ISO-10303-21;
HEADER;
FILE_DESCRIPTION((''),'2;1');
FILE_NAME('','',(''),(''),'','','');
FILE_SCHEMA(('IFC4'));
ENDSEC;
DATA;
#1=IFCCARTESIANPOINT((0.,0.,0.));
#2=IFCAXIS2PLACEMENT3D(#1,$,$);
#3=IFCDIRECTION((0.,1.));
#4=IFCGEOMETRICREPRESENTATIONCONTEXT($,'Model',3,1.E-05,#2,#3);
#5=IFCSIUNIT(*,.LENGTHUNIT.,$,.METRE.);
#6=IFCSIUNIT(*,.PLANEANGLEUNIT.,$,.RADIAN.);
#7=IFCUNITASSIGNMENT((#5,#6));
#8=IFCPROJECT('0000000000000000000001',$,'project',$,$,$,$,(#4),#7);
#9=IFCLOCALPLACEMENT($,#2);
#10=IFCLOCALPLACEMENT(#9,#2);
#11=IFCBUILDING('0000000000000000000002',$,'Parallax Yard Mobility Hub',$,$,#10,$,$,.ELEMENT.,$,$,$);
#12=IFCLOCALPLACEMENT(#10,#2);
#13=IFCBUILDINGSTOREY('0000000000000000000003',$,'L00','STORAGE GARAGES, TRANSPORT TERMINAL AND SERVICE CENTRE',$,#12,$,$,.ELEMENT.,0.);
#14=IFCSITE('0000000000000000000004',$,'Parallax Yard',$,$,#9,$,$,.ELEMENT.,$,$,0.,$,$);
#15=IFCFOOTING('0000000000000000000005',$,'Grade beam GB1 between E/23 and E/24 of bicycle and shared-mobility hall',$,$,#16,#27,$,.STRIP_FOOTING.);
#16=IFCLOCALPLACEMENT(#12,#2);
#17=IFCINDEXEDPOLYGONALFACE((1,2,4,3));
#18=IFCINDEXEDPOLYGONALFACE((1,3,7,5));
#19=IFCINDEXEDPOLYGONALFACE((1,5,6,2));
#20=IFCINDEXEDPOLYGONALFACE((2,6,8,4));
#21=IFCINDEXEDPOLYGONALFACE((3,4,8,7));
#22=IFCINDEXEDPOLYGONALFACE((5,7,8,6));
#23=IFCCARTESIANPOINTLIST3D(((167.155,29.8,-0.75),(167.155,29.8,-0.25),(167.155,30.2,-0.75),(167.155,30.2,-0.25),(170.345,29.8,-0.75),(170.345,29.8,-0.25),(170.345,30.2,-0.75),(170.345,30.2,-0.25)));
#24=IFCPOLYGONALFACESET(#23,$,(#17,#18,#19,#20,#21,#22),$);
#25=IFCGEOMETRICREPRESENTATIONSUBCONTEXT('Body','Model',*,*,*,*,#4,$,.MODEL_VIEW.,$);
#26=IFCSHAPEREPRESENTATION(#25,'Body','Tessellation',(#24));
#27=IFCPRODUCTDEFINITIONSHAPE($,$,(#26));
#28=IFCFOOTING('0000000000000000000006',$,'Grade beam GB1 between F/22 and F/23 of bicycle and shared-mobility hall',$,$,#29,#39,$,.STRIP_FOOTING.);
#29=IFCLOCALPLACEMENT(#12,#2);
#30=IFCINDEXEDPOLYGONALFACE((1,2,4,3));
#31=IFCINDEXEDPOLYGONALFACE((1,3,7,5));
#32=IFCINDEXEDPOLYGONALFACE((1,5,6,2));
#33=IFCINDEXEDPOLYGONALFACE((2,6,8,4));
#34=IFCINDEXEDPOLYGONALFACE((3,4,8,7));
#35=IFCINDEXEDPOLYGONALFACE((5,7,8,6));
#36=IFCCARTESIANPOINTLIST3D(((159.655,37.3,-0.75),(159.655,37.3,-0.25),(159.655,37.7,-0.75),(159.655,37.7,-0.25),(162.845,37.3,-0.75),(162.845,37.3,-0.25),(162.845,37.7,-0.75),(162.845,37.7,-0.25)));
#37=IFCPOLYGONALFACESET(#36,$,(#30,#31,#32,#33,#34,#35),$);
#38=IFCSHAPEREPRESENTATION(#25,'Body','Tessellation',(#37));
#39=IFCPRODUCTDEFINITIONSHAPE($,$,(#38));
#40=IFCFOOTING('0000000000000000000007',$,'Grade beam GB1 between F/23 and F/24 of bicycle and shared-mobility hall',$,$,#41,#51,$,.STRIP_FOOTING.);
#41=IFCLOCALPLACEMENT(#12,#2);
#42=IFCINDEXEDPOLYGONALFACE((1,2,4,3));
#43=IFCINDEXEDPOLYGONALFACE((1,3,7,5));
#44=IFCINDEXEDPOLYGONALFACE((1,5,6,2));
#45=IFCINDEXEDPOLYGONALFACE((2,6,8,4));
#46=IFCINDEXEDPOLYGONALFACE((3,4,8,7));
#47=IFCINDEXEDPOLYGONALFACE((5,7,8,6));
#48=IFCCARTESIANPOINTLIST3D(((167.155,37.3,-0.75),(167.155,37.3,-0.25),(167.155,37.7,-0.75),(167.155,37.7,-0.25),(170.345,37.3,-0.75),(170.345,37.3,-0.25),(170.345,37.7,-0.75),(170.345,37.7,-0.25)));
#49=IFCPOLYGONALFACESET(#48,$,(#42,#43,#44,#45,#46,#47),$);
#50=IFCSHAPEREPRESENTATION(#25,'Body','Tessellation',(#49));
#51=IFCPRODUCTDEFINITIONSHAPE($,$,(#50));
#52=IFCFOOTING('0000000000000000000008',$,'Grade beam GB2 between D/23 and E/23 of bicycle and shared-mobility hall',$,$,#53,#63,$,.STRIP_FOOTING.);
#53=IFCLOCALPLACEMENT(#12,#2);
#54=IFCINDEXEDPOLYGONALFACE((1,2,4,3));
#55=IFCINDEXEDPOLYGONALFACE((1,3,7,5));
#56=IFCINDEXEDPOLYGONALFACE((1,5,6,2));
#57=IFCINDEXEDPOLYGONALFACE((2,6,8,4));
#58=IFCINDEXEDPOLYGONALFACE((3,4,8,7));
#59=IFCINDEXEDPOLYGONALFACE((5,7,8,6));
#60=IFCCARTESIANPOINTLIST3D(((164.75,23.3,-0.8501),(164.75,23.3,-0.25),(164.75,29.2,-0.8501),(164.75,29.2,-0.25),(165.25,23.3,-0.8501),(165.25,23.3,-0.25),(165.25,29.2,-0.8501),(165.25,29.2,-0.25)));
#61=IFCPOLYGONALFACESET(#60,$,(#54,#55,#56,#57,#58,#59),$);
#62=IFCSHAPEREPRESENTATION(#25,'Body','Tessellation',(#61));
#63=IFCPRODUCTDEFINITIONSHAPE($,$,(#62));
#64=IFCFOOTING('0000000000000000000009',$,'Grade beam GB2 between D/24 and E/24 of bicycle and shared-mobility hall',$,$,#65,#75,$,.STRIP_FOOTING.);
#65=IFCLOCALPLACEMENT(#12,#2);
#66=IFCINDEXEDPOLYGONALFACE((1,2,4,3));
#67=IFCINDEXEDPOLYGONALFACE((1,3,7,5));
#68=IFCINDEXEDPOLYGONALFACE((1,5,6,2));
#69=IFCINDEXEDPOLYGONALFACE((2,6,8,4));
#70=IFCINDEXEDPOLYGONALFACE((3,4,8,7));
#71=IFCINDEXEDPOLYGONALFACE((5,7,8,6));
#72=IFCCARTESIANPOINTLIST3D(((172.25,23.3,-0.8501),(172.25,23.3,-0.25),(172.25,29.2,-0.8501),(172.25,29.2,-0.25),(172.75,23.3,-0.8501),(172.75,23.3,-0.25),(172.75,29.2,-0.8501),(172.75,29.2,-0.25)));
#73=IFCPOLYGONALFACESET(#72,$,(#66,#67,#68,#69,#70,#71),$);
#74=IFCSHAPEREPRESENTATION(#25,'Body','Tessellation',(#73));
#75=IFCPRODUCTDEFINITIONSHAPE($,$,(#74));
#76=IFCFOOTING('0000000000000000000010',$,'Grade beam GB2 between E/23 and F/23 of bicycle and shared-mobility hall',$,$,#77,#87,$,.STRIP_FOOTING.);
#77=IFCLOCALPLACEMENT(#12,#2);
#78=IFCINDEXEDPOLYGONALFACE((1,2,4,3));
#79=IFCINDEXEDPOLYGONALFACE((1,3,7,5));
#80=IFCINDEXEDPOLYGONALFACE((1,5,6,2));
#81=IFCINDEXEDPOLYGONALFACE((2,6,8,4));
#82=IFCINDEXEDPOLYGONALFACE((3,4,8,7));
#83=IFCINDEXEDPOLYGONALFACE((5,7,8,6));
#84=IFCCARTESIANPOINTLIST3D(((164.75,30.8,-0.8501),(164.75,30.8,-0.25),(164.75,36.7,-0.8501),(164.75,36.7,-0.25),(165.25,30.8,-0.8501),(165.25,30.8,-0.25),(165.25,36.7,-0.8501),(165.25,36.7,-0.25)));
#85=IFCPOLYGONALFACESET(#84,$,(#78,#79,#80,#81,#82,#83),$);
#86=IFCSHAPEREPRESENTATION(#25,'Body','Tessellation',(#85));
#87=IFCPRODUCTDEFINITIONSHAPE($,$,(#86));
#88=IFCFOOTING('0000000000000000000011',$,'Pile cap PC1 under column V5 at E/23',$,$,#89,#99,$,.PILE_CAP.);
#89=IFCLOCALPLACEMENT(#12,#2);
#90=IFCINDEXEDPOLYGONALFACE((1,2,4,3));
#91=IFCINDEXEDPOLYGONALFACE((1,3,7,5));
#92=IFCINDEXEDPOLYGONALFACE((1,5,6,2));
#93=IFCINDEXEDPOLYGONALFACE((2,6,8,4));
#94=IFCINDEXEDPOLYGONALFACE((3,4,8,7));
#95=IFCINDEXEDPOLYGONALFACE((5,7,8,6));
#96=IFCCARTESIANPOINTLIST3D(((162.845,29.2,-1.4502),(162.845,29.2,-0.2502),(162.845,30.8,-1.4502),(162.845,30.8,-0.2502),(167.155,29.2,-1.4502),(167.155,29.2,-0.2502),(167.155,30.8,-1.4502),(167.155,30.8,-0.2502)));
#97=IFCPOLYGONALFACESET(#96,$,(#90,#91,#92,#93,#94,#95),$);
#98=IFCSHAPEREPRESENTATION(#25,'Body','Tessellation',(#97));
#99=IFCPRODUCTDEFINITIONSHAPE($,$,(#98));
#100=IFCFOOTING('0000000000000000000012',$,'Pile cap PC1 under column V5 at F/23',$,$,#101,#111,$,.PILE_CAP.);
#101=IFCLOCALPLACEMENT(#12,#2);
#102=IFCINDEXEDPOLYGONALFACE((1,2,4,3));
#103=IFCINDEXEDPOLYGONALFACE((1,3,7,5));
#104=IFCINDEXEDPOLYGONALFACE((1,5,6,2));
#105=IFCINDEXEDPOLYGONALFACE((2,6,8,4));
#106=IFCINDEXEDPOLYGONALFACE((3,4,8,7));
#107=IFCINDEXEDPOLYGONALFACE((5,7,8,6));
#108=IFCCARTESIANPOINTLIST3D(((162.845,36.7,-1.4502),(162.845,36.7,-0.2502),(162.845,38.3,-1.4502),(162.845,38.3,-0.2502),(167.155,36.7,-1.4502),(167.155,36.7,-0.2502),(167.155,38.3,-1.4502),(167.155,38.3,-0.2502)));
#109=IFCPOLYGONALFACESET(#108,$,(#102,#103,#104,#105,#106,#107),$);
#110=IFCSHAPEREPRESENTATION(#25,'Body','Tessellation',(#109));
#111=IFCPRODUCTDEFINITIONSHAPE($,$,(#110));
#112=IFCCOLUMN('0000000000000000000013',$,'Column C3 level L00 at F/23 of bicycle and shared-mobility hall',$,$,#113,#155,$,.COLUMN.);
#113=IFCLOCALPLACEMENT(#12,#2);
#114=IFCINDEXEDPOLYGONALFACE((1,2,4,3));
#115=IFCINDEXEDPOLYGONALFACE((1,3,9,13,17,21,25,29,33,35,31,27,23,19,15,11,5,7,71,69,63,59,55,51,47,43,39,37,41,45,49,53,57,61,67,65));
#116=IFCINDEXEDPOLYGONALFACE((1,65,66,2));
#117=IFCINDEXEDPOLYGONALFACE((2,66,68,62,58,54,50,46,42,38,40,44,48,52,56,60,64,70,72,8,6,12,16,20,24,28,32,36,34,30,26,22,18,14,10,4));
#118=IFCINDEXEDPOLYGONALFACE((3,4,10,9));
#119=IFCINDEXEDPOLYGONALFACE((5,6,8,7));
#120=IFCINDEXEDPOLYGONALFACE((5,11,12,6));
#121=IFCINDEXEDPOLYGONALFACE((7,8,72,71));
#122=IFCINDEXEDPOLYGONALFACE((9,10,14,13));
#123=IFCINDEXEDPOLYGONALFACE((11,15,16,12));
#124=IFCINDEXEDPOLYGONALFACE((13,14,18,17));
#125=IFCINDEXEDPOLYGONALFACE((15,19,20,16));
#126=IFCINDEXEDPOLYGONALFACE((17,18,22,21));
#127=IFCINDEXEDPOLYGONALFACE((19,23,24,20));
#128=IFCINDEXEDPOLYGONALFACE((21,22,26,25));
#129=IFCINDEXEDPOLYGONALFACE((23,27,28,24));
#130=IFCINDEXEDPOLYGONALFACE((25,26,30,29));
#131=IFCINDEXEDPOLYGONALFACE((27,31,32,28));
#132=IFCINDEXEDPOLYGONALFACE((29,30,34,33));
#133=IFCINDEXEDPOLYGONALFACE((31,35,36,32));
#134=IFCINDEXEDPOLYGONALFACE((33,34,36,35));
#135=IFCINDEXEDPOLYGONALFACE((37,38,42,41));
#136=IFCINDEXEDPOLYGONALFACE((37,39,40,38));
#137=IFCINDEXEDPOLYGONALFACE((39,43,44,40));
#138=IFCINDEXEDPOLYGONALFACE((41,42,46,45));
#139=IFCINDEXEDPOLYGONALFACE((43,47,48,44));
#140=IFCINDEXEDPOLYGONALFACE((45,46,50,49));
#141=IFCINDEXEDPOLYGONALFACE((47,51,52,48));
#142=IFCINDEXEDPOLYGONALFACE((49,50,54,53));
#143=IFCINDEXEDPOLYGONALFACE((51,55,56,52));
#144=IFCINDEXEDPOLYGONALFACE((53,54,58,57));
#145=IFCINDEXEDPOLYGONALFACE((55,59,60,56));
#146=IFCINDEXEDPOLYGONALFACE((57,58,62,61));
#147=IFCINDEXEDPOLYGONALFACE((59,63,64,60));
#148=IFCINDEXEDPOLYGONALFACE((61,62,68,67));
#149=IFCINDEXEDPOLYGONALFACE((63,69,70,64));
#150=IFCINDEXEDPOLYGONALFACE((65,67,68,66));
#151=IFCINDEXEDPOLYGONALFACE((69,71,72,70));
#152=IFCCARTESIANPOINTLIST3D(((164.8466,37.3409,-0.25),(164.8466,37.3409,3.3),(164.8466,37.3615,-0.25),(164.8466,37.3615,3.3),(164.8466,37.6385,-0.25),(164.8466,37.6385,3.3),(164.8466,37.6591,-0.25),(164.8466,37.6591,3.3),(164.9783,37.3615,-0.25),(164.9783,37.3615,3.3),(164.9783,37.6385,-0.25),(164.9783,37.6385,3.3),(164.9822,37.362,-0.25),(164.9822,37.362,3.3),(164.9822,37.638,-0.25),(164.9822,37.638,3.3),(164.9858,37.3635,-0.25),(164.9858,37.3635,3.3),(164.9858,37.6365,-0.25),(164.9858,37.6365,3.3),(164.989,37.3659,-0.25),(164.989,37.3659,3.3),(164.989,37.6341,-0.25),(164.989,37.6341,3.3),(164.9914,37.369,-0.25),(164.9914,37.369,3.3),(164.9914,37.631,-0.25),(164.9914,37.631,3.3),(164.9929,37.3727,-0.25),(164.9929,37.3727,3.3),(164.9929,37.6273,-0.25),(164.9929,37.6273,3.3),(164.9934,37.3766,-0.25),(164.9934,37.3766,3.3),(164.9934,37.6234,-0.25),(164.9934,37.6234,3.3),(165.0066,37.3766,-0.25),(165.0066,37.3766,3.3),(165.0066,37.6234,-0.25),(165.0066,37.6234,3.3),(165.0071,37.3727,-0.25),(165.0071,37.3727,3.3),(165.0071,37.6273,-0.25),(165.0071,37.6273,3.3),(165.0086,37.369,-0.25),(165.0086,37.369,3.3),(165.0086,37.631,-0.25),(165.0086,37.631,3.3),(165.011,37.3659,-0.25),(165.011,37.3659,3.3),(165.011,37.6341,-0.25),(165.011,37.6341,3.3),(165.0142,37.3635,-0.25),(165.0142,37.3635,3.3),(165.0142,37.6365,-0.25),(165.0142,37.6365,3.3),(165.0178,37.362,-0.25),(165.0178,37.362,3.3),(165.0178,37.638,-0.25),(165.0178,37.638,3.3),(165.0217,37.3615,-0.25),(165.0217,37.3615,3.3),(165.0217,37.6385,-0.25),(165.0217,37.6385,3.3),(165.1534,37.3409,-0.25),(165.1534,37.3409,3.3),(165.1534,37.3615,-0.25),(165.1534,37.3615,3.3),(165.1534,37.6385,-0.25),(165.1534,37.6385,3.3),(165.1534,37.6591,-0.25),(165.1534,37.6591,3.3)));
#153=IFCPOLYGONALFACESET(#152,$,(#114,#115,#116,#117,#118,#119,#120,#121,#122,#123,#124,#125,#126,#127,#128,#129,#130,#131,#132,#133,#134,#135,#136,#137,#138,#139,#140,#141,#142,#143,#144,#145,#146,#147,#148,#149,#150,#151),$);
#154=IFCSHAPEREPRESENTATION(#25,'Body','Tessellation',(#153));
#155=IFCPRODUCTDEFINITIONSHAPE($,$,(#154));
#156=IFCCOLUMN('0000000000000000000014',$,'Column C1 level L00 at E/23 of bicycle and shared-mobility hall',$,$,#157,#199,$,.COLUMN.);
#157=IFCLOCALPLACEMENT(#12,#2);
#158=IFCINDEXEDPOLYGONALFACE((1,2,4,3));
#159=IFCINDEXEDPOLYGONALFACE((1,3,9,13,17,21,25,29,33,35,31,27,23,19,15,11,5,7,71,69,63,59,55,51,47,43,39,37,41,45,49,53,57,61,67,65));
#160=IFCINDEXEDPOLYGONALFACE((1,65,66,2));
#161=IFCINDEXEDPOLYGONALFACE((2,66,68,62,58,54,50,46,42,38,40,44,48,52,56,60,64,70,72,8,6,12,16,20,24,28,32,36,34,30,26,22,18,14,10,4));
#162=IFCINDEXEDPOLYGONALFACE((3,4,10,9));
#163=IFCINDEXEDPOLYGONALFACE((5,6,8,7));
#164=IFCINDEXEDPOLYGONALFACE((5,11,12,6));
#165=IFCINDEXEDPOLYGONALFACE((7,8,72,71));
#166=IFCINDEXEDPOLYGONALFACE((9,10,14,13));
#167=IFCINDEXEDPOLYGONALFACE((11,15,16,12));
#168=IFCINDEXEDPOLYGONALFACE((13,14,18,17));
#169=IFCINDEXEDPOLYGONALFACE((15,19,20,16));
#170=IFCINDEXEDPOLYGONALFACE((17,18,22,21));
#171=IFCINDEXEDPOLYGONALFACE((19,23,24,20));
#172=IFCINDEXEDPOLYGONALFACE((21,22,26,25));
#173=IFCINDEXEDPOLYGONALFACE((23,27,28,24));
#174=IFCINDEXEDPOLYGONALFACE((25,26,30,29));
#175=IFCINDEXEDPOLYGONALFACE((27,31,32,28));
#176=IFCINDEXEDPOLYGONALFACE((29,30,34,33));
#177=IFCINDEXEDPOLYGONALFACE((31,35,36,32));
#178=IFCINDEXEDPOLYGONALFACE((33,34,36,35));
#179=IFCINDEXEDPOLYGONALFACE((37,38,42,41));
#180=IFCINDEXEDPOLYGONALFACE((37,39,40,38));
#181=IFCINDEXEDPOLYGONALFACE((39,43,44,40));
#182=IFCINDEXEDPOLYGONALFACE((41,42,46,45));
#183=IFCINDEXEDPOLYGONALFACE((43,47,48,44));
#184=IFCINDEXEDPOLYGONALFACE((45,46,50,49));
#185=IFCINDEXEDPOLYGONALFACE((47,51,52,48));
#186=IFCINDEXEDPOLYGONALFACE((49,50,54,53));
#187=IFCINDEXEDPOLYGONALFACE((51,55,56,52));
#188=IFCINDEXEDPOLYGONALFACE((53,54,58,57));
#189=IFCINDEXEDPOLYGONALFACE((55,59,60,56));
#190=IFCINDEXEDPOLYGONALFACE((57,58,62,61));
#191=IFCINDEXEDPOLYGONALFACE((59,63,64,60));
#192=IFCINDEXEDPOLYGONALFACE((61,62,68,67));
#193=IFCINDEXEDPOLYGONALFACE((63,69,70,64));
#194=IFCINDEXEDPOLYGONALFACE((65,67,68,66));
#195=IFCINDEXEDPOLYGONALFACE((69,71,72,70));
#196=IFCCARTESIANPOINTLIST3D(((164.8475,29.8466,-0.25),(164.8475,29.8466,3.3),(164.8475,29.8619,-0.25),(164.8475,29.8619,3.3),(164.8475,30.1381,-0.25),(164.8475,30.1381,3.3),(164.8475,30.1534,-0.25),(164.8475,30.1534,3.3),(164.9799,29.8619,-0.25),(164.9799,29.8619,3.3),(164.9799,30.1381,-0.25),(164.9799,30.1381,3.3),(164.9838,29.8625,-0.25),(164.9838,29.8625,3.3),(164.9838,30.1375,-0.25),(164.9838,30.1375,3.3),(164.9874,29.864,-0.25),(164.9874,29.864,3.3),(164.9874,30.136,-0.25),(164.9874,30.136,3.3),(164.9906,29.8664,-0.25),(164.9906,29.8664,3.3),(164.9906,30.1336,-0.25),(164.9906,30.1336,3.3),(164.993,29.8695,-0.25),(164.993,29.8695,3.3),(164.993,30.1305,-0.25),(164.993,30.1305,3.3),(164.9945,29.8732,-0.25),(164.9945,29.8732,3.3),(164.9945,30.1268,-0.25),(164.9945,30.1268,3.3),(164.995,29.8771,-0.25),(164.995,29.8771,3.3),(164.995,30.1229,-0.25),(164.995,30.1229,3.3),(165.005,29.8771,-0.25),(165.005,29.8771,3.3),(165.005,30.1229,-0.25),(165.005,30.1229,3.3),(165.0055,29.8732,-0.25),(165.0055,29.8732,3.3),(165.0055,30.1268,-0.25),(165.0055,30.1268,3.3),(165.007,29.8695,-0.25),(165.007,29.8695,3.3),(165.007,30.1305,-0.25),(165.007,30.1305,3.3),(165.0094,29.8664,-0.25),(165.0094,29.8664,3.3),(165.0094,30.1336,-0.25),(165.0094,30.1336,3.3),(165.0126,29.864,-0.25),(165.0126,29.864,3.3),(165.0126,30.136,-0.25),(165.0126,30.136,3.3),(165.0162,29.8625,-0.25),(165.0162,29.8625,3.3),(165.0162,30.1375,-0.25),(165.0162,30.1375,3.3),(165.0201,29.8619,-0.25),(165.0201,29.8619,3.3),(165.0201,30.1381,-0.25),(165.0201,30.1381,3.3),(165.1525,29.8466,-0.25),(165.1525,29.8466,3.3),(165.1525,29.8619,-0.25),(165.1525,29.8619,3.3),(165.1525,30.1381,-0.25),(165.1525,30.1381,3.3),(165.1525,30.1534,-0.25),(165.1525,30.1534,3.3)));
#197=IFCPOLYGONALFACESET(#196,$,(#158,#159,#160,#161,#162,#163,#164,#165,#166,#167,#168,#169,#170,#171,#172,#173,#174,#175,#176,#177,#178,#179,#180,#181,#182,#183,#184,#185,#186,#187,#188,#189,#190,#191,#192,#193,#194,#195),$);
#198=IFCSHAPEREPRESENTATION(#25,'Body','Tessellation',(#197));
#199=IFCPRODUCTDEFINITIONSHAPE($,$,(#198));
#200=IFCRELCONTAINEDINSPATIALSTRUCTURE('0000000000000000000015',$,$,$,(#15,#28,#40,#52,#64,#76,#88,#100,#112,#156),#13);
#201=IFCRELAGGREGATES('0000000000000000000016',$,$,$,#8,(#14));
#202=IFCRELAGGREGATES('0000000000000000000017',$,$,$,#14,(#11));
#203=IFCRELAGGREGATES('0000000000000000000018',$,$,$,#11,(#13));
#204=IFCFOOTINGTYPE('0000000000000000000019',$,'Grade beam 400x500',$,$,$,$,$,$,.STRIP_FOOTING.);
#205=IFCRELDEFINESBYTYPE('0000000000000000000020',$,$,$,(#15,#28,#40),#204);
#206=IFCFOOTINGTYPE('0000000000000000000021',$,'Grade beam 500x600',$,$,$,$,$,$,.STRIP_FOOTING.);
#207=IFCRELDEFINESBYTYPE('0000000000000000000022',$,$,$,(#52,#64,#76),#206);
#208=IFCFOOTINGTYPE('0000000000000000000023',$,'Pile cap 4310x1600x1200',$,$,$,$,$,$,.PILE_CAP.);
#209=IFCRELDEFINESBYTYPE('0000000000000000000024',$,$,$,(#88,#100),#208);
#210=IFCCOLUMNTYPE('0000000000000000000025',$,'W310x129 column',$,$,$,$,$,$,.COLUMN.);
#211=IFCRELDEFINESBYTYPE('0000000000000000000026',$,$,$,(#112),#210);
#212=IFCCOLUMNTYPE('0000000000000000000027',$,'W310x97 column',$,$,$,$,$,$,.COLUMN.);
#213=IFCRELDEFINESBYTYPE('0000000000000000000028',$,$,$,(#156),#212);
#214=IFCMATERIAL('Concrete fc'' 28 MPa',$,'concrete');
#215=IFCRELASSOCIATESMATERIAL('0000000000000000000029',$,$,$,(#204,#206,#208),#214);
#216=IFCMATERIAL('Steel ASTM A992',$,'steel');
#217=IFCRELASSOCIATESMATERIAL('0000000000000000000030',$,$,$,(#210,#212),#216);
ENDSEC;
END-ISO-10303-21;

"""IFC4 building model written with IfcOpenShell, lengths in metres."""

from ifc_helpers import new_model, si_unit, direction, frame, origin, origin_2d, place, context, subcontext, project, spatial, rectangle, i_section, extrude, material, material_profile, profile_set, type_object, element, save


model = new_model("IFC4")

# Units and contexts
model_context = context("Model", 3, precision=1e-05, world=origin(), true_north=direction((0.0, 1.0)))
body_context = subcontext(model_context, "Body", "Model", "MODEL_VIEW")
ifc_project = project(units=[si_unit("LENGTHUNIT", "METRE"), si_unit("PLANEANGLEUNIT", "RADIAN")], contexts=[model_context])

# Site, building, storey
site_placement = place(None, origin())
site = spatial("IfcSite", under=ifc_project, at=site_placement, Name="Parallax Yard", CompositionType="ELEMENT", RefElevation=0.0)
building_placement = place(site_placement, origin())
building = spatial("IfcBuilding", under=site, at=building_placement, Name="Parallax Yard Mobility Hub", CompositionType="ELEMENT")
storey_placement = place(building_placement, origin())
storey = spatial("IfcBuildingStorey", under=building, at=storey_placement, Name="L00", Description="STORAGE GARAGES, TRANSPORT TERMINAL AND SERVICE CENTRE", CompositionType="ELEMENT", Elevation=0.0)

# Shared definitions
ifc_material_1 = material(Name="Concrete fc' 28 MPa", Category="concrete")

# Footings
ifc_material_profile_1 = material_profile(ifc_material_1, rectangle(XDim=0.3999, YDim=0.5, at=origin_2d()), Name="Grade beam 400x500")
ifc_profile_set_1 = profile_set([ifc_material_profile_1], Name="Concrete fc' 28 MPa")
footing_type_1 = type_object("IfcFootingType", Name="Grade beam 400x500", PredefinedType="STRIP_FOOTING", material=ifc_profile_set_1)
for number, where, z_axis, x_axis, name in (
    (1, (167.155, 30.0, -0.5), (1.0, 0.0, 0.0), (0.0, 1.0, 0.0), "Grade beam GB1 between E/23 and E/24 of bicycle and shared-mobility hall"),
    (2, (159.655, 37.5, -0.5), (1.0, 0.0, 0.0), (0.0, 1.0, 0.0), "Grade beam GB1 between F/22 and F/23 of bicycle and shared-mobility hall"),
    (3, (167.155, 37.5, -0.5), (1.0, 0.0, 0.0), (0.0, 1.0, 0.0), "Grade beam GB1 between F/23 and F/24 of bicycle and shared-mobility hall"),
):
    element("IfcFooting", number, at=place(storey_placement, frame(where, z_axis=z_axis, x_axis=x_axis)), inside=storey, type_object=footing_type_1, Name=name, PredefinedType="STRIP_FOOTING", context=body_context, shape_type="SweptSolid", body=[
        extrude(rectangle(XDim=0.3999, YDim=0.5, at=origin_2d()), origin(), (0.0, 0.0, 1.0), 3.1899),
    ])
ifc_material_profile_2 = material_profile(ifc_material_1, rectangle(XDim=0.5, YDim=0.6001, at=origin_2d()), Name="Grade beam 500x600")
ifc_profile_set_2 = profile_set([ifc_material_profile_2], Name="Concrete fc' 28 MPa")
footing_type_2 = type_object("IfcFootingType", Name="Grade beam 500x600", PredefinedType="STRIP_FOOTING", material=ifc_profile_set_2)
for number, where, z_axis, x_axis, name in (
    (4, (165.0, 23.3, -0.55), (0.0, 1.0, 0.0), (-1.0, 0.0, 0.0), "Grade beam GB2 between D/23 and E/23 of bicycle and shared-mobility hall"),
    (5, (172.5, 23.3, -0.55), (0.0, 1.0, 0.0), (-1.0, 0.0, 0.0), "Grade beam GB2 between D/24 and E/24 of bicycle and shared-mobility hall"),
    (6, (165.0, 30.8, -0.55), (0.0, 1.0, 0.0), (-1.0, 0.0, 0.0), "Grade beam GB2 between E/23 and F/23 of bicycle and shared-mobility hall"),
):
    element("IfcFooting", number, at=place(storey_placement, frame(where, z_axis=z_axis, x_axis=x_axis)), inside=storey, type_object=footing_type_2, Name=name, PredefinedType="STRIP_FOOTING", context=body_context, shape_type="SweptSolid", body=[
        extrude(rectangle(XDim=0.5, YDim=0.6001, at=origin_2d()), origin(), (0.0, 0.0, 1.0), 5.8999),
    ])
footing_type_3 = type_object("IfcFootingType", Name="Pile cap 4310x1600x1200", PredefinedType="PILE_CAP", material=ifc_material_1)
for number, where, z_axis, x_axis, name in (
    (7, (165.0, 30.0, -1.4502), (0.0, 0.0, 1.0), (1.0, 0.0, 0.0), "Pile cap PC1 under column V5 at E/23"),
    (8, (165.0, 37.5, -1.4502), (0.0, 0.0, 1.0), (1.0, 0.0, 0.0), "Pile cap PC1 under column V5 at F/23"),
):
    element("IfcFooting", number, at=place(storey_placement, frame(where, z_axis=z_axis, x_axis=x_axis)), inside=storey, type_object=footing_type_3, Name=name, PredefinedType="PILE_CAP", context=body_context, shape_type="SweptSolid", body=[
        extrude(rectangle(XDim=4.3101, YDim=1.6001, at=origin_2d()), origin(), (0.0, 0.0, 1.0), 1.2),
    ])

# Columns
ifc_material_2 = material(Name="Steel ASTM A992", Category="steel")
ifc_material_profile_3 = material_profile(ifc_material_2, i_section(OverallWidth=0.3069, OverallDepth=0.3181, WebThickness=0.0132, FlangeThickness=0.0205, FilletRadius=0.0151, at=origin_2d()), Name="W310x129")
ifc_profile_set_3 = profile_set([ifc_material_profile_3], Name="Steel ASTM A992")
column_type_1 = type_object("IfcColumnType", Name="W310x129 column", PredefinedType="COLUMN", material=ifc_profile_set_3)
column_1_placement = place(storey_placement, frame((165.0, 37.5, -0.25), z_axis=(0.0, 0.0, 1.0), x_axis=(1.0, 0.0, 0.0)))
element("IfcColumn", 9, at=column_1_placement, inside=storey, type_object=column_type_1, Name="Column C3 level L00 at F/23 of bicycle and shared-mobility hall", PredefinedType="COLUMN", context=body_context, shape_type="SweptSolid", body=[
    extrude(i_section(OverallWidth=0.3069, OverallDepth=0.3181, WebThickness=0.0132, FlangeThickness=0.0205, FilletRadius=0.0151, at=origin_2d()), origin(), (0.0, 0.0, 1.0), 3.55),
])
ifc_material_profile_4 = material_profile(ifc_material_2, i_section(OverallWidth=0.3049, OverallDepth=0.3069, WebThickness=0.01, FlangeThickness=0.0154, FilletRadius=0.0151, at=origin_2d()), Name="W310x97")
ifc_profile_set_4 = profile_set([ifc_material_profile_4], Name="Steel ASTM A992")
column_type_2 = type_object("IfcColumnType", Name="W310x97 column", PredefinedType="COLUMN", material=ifc_profile_set_4)
column_2_placement = place(storey_placement, frame((165.0, 30.0, -0.25), z_axis=(0.0, 0.0, 1.0), x_axis=(1.0, 0.0, 0.0)))
element("IfcColumn", 10, at=column_2_placement, inside=storey, type_object=column_type_2, Name="Column C1 level L00 at E/23 of bicycle and shared-mobility hall", PredefinedType="COLUMN", context=body_context, shape_type="SweptSolid", body=[
    extrude(i_section(OverallWidth=0.3049, OverallDepth=0.3069, WebThickness=0.01, FlangeThickness=0.0154, FilletRadius=0.0151, at=origin_2d()), origin(), (0.0, 0.0, 1.0), 3.55),
])

save(model, "model.ifc")
